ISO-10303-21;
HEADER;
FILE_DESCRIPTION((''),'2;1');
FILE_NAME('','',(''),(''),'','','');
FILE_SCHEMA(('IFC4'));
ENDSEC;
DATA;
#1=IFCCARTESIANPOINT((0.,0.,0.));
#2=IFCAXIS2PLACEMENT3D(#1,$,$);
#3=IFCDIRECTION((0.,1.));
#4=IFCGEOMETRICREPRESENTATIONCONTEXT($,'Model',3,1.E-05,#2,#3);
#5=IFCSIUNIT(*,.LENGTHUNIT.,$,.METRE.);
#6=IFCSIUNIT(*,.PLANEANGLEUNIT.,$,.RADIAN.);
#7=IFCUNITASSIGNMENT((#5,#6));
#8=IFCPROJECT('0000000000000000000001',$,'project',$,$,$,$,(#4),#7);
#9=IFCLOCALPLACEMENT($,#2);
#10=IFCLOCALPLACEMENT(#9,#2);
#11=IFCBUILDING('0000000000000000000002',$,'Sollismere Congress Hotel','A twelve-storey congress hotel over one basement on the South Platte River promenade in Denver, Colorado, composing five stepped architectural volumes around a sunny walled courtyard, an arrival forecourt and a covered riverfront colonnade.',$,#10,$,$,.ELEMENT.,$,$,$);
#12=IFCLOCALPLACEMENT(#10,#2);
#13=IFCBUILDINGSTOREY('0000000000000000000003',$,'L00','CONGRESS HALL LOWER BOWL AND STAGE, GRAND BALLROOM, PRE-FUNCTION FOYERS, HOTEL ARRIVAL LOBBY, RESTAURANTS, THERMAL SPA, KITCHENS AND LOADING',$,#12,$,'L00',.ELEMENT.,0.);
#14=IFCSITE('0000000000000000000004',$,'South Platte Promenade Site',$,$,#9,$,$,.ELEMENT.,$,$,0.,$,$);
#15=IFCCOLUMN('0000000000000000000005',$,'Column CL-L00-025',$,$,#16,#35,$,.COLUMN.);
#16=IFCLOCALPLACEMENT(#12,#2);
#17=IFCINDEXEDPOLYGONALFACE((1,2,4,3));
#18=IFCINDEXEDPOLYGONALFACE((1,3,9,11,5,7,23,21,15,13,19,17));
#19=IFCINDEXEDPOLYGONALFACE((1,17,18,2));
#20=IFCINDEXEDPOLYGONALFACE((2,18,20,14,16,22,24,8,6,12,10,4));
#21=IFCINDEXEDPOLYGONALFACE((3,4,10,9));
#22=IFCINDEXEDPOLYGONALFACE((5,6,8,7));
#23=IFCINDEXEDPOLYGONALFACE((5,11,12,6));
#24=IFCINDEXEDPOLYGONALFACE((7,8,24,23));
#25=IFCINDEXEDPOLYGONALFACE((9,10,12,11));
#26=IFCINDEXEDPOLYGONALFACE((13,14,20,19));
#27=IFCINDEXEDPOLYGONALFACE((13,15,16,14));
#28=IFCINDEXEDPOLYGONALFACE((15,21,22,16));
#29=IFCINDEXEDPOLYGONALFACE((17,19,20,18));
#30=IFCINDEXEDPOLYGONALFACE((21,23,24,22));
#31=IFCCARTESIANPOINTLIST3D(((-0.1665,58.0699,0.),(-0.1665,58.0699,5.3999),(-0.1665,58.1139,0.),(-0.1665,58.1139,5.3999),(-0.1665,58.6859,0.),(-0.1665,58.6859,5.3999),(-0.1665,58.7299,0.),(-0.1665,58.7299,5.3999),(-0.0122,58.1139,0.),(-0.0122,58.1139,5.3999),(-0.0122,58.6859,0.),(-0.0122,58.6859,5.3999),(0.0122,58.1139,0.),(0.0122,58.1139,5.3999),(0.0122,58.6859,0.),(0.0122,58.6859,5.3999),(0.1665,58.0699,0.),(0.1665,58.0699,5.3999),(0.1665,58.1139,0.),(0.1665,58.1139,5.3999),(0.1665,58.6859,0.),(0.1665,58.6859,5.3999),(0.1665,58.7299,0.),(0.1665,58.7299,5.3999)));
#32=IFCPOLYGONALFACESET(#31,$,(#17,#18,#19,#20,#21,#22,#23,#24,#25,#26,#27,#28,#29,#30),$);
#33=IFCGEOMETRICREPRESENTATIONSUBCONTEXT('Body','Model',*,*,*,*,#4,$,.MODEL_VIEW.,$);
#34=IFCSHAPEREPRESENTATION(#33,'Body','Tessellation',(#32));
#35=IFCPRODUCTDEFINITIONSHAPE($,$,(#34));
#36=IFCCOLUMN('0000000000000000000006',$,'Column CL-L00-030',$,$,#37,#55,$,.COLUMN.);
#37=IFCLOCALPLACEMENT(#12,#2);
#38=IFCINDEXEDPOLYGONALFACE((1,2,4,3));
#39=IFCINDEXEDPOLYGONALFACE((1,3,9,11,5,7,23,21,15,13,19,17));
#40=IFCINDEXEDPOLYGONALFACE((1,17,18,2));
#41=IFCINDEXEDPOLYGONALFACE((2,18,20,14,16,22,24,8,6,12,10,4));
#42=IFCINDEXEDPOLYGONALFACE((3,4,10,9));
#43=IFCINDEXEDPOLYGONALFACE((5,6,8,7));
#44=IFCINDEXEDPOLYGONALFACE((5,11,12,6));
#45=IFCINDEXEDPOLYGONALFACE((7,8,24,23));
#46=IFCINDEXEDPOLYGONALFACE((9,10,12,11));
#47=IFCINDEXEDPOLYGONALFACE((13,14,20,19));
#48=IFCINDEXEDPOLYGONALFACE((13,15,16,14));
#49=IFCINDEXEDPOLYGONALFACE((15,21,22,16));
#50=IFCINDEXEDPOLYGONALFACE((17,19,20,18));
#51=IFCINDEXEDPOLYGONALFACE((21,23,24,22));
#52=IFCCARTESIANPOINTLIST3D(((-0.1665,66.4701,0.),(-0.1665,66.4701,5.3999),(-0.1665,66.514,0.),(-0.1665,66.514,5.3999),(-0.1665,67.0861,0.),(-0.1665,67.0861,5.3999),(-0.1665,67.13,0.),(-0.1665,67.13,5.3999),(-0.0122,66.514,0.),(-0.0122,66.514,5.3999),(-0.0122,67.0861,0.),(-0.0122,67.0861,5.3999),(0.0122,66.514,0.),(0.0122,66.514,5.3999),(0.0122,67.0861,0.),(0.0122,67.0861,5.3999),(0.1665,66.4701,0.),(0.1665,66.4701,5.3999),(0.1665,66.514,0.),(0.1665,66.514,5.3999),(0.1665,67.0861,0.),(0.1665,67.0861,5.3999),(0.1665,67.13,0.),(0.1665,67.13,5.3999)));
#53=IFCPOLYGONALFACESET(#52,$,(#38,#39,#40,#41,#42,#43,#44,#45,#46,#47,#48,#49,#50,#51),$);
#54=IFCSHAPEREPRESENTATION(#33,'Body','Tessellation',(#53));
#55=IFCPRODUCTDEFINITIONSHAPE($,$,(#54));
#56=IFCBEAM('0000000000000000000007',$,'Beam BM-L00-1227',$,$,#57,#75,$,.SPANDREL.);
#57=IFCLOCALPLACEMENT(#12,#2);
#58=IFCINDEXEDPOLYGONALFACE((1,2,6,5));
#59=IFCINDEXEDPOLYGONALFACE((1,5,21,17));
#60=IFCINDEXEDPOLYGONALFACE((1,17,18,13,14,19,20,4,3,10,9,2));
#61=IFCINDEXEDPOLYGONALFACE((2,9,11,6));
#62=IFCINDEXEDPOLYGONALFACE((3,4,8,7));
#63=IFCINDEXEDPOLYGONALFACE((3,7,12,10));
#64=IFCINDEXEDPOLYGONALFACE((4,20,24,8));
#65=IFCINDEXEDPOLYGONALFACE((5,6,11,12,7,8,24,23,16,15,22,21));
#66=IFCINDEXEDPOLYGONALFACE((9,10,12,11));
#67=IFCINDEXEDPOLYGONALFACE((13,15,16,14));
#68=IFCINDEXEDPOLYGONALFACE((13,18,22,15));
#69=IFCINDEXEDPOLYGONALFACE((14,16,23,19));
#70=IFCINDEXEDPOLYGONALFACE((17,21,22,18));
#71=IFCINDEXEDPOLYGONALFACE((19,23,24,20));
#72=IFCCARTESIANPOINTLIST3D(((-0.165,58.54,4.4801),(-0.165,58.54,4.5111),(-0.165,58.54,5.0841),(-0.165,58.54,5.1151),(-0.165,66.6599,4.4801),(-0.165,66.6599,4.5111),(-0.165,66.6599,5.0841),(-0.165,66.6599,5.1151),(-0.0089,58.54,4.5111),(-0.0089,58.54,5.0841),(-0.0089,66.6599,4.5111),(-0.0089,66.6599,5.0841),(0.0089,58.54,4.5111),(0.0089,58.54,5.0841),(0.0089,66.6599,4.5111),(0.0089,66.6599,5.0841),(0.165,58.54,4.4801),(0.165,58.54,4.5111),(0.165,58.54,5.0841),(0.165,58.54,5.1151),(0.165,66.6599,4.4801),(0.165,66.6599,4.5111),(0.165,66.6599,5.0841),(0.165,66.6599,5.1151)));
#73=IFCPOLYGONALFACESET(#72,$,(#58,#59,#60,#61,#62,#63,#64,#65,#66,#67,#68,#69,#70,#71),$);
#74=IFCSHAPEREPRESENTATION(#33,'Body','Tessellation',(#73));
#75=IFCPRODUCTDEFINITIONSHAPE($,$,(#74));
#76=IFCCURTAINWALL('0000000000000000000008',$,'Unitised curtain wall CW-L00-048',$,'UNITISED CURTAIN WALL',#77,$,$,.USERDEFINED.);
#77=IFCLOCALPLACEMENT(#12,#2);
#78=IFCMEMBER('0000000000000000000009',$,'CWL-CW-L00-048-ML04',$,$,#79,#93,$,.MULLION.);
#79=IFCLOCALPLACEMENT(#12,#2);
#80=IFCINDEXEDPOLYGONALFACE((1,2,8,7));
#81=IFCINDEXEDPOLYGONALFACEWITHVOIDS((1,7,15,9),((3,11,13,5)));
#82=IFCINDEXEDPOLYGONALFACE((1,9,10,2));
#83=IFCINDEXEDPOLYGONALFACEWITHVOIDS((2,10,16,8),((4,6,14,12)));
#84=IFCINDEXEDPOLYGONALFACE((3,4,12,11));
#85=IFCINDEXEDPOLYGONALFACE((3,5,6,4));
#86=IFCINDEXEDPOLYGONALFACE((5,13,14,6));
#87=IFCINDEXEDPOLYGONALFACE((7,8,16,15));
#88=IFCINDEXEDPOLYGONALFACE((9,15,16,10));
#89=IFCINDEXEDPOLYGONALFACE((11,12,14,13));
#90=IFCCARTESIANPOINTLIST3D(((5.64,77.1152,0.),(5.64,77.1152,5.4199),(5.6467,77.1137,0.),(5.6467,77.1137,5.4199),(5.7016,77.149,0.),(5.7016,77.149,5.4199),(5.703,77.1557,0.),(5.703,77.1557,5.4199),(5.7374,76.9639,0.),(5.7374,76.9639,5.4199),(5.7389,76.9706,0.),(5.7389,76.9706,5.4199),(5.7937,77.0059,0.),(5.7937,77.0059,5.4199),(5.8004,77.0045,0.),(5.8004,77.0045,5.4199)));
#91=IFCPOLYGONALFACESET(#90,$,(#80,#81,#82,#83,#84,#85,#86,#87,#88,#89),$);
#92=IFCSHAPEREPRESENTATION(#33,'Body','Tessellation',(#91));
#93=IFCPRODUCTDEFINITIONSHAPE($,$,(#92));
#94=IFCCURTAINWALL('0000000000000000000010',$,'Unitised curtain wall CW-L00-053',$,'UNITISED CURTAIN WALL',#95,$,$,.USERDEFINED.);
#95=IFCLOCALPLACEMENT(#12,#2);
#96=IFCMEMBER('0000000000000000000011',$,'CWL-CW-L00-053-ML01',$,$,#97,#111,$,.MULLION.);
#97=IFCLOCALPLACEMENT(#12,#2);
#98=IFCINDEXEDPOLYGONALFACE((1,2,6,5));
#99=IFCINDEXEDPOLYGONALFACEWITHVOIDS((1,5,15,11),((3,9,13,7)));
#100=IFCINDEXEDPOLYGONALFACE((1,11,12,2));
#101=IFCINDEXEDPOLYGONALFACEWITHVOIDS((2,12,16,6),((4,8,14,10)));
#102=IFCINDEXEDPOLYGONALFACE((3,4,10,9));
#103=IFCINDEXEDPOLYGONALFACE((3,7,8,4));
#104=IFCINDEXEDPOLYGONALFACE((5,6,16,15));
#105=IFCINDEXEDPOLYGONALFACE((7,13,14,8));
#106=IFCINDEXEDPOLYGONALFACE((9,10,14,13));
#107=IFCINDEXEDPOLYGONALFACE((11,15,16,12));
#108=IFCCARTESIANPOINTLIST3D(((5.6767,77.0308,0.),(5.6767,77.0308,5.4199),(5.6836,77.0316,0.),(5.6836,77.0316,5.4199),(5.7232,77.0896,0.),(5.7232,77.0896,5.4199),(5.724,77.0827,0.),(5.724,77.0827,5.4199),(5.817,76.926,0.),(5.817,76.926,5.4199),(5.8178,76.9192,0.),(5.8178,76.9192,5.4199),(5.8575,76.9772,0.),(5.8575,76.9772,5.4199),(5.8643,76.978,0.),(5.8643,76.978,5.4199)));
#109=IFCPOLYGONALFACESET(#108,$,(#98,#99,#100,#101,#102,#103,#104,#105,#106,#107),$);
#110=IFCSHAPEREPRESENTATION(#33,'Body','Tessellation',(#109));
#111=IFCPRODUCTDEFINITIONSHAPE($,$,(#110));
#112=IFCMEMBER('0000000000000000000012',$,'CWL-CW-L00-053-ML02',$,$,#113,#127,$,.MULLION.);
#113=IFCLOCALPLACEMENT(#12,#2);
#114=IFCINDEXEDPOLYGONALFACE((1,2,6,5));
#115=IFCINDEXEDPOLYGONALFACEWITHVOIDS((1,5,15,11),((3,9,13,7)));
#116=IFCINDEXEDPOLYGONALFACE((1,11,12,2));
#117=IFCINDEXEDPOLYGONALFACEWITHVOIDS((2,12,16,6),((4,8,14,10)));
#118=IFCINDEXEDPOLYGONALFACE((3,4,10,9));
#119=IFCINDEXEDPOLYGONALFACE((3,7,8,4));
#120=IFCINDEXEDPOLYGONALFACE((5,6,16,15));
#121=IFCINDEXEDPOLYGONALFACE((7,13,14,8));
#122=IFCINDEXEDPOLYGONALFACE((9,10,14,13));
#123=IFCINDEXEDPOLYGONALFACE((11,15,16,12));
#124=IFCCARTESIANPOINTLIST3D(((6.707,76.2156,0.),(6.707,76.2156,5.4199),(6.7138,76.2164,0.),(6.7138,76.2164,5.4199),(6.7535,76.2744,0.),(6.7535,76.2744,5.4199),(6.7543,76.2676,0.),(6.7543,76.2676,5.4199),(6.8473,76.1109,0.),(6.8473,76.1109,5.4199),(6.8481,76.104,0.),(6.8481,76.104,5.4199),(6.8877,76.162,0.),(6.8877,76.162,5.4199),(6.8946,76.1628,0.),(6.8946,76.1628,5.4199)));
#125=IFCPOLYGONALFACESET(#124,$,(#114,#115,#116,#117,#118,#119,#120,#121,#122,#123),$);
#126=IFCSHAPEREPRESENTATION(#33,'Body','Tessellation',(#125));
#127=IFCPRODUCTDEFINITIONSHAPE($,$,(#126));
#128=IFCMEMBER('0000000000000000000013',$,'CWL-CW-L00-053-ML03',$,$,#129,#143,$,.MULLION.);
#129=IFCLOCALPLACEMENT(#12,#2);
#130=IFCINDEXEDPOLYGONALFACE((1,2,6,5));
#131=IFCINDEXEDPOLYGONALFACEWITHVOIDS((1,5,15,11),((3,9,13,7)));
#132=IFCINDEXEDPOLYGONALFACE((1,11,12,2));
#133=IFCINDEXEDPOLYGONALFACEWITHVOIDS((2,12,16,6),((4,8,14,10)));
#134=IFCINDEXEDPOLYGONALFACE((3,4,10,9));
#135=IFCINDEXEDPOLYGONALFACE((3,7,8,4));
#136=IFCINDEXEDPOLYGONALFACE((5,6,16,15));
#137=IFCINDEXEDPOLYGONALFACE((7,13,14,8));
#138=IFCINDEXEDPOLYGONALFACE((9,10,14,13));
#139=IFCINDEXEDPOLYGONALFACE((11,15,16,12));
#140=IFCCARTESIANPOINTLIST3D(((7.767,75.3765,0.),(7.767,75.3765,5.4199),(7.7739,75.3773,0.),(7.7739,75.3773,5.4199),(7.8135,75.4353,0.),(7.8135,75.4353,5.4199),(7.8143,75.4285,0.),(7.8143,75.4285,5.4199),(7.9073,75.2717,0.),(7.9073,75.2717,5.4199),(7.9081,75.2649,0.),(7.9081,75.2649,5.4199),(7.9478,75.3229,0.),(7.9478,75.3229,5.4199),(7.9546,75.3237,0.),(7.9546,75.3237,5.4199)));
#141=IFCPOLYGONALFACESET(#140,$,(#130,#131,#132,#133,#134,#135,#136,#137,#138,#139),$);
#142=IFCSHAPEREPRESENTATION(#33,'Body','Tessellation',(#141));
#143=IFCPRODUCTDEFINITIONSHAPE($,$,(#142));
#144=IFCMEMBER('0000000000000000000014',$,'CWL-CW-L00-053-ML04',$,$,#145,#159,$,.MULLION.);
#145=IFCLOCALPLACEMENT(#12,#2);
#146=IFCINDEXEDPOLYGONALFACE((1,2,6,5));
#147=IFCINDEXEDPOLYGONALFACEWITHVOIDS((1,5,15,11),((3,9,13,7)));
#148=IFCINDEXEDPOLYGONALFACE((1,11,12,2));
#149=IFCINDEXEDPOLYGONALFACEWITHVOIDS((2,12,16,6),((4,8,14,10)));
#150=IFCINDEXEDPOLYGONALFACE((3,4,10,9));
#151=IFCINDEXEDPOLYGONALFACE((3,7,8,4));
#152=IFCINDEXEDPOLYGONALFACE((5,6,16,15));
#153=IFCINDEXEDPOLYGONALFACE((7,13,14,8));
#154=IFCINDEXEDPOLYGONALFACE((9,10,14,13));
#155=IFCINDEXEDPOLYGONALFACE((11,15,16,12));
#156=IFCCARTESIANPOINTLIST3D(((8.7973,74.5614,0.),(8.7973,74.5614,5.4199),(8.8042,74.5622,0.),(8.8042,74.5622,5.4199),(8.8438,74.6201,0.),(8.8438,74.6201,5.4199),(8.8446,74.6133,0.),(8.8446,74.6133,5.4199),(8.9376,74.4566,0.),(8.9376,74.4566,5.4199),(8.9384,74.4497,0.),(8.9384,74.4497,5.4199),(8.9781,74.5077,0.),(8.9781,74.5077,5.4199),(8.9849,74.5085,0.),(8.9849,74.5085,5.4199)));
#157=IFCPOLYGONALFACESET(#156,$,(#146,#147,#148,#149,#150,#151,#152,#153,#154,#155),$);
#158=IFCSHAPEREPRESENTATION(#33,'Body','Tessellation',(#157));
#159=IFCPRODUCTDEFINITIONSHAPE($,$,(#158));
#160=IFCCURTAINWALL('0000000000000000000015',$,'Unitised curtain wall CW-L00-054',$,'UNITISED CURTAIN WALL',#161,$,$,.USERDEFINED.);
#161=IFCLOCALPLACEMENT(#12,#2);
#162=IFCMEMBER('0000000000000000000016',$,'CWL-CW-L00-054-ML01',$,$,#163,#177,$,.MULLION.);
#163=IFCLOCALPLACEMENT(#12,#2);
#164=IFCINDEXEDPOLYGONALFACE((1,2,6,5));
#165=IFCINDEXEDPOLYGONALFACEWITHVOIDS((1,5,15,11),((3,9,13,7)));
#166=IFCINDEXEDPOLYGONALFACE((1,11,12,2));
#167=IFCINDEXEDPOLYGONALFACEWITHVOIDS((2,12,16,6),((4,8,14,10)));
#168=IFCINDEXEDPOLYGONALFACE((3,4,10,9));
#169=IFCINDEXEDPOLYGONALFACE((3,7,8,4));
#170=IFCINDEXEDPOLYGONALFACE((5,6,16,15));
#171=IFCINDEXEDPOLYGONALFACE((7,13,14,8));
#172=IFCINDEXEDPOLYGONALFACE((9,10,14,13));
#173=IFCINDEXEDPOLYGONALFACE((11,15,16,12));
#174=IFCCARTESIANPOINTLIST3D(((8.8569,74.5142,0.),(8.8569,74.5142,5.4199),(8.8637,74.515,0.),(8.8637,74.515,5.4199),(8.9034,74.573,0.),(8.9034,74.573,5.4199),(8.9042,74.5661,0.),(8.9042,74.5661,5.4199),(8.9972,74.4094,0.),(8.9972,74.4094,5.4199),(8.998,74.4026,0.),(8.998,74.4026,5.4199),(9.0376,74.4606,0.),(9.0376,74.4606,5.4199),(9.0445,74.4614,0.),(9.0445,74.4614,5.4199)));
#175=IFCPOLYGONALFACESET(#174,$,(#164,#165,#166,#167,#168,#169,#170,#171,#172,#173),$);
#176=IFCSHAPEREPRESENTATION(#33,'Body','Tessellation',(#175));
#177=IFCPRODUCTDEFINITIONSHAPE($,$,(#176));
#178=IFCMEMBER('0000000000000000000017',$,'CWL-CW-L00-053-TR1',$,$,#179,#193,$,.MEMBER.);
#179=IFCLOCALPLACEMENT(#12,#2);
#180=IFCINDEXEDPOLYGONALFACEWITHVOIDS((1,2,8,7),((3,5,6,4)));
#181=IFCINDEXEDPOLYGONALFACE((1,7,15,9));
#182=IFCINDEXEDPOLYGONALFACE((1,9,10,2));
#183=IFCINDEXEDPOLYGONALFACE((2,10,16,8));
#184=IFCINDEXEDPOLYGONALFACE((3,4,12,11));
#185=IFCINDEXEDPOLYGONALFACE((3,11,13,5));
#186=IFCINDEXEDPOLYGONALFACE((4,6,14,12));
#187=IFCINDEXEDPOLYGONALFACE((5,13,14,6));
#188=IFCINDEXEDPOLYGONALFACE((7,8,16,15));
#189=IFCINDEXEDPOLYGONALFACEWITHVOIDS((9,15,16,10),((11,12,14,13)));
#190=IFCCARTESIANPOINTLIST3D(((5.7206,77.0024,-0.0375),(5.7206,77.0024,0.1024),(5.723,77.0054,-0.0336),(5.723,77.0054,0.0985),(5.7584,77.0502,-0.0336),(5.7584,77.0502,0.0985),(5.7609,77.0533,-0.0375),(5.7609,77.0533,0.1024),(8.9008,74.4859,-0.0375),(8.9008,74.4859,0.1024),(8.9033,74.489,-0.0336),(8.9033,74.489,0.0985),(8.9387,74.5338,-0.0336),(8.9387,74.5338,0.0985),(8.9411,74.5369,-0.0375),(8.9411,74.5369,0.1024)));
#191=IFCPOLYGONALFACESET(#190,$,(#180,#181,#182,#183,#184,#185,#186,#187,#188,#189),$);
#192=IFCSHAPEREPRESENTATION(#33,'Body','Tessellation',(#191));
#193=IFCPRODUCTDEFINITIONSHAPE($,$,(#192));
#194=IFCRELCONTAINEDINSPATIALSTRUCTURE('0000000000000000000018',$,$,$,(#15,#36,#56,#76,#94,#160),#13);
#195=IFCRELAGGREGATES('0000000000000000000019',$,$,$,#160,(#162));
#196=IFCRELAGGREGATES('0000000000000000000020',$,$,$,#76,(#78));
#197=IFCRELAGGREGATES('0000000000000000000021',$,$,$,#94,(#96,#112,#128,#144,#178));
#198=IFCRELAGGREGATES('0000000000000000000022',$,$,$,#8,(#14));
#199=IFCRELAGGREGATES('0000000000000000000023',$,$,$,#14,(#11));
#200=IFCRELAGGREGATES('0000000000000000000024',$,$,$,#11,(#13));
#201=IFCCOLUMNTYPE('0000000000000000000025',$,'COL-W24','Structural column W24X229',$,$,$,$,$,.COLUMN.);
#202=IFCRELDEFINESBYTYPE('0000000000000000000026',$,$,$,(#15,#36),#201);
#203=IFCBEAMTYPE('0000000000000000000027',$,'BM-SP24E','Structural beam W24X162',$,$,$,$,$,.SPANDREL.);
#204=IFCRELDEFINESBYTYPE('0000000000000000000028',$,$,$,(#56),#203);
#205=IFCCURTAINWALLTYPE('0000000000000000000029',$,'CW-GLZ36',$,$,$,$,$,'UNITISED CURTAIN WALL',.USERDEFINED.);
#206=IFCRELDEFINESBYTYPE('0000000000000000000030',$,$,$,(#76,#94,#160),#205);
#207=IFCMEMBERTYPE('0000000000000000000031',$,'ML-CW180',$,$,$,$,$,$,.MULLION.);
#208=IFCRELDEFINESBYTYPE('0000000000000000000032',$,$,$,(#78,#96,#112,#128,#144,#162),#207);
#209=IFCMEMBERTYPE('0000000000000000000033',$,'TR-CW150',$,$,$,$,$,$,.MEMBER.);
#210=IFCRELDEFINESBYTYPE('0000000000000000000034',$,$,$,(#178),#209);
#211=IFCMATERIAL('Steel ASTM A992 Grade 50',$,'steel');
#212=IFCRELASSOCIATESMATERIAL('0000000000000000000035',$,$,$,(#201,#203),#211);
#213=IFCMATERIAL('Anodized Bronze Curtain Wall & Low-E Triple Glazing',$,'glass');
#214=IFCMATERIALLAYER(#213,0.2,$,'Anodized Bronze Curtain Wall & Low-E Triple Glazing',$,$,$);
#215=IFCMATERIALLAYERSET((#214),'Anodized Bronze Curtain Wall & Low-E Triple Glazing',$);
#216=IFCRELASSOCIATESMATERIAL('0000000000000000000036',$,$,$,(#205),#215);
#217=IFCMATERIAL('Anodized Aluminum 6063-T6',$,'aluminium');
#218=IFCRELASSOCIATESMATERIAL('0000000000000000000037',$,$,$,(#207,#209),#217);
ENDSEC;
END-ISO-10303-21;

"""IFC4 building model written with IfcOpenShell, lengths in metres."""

from ifc_helpers import new_model, si_unit, direction, frame, origin, origin_2d, place, context, subcontext, project, spatial, hollow_rectangle, i_section, extrude, material, layer, layer_set, material_profile, profile_set, type_object, element, aggregate, save


model = new_model("IFC4")

# Units and contexts
model_context = context("Model", 3, precision=1e-05, world=origin(), true_north=direction((0.0, 1.0)))
body_context = subcontext(model_context, "Body", "Model", "MODEL_VIEW")
ifc_project = project(units=[si_unit("LENGTHUNIT", "METRE"), si_unit("PLANEANGLEUNIT", "RADIAN")], contexts=[model_context])

# Site, building, storey
site_placement = place(None, origin())
site = spatial("IfcSite", under=ifc_project, at=site_placement, Name="South Platte Promenade Site", CompositionType="ELEMENT", RefElevation=0.0)
building_placement = place(site_placement, origin())
building = spatial("IfcBuilding", under=site, at=building_placement, Name="Sollismere Congress Hotel", Description="A twelve-storey congress hotel over one basement on the South Platte River promenade in Denver, Colorado, composing five stepped architectural volumes around a sunny walled courtyard, an arrival forecourt and a covered riverfront colonnade.", CompositionType="ELEMENT")
storey_placement = place(building_placement, origin())
storey = spatial("IfcBuildingStorey", under=building, at=storey_placement, Name="L00", Description="CONGRESS HALL LOWER BOWL AND STAGE, GRAND BALLROOM, PRE-FUNCTION FOYERS, HOTEL ARRIVAL LOBBY, RESTAURANTS, THERMAL SPA, KITCHENS AND LOADING", LongName="L00", CompositionType="ELEMENT", Elevation=0.0)

# Columns
ifc_material_1 = material(Name="Steel ASTM A992 Grade 50", Category="steel")
ifc_material_profile_1 = material_profile(ifc_material_1, i_section(OverallWidth=0.333, OverallDepth=0.6599, WebThickness=0.0244, FlangeThickness=0.0439, at=origin_2d()), Name="W24X229")
ifc_profile_set_1 = profile_set([ifc_material_profile_1], Name="Steel ASTM A992 Grade 50")
column_type = type_object("IfcColumnType", Name="COL-W24", Description="Structural column W24X229", PredefinedType="COLUMN", material=ifc_profile_set_1)
for number, where, z_axis, x_axis, name in (
    (1, (0.0, 58.3999, 0.0), (0.0, 0.0, 1.0), (1.0, 0.0, 0.0), "Column CL-L00-025"),
    (2, (0.0, 66.8, 0.0), (0.0, 0.0, 1.0), (1.0, 0.0, 0.0), "Column CL-L00-030"),
):
    element("IfcColumn", number, at=place(storey_placement, frame(where, z_axis=z_axis, x_axis=x_axis)), inside=storey, type_object=column_type, Name=name, PredefinedType="COLUMN", context=body_context, shape_type="SweptSolid", body=[
        extrude(i_section(OverallWidth=0.333, OverallDepth=0.6599, WebThickness=0.0244, FlangeThickness=0.0439, at=origin_2d()), origin(), (0.0, 0.0, 1.0), 5.3999),
    ])

# Beam
ifc_material_profile_2 = material_profile(ifc_material_1, i_section(OverallWidth=0.3301, OverallDepth=0.635, WebThickness=0.0178, FlangeThickness=0.031, at=origin_2d()), Name="W24X162")
ifc_profile_set_2 = profile_set([ifc_material_profile_2], Name="Steel ASTM A992 Grade 50")
beam_type = type_object("IfcBeamType", Name="BM-SP24E", Description="Structural beam W24X162", PredefinedType="SPANDREL", material=ifc_profile_set_2)
beam_placement = place(storey_placement, frame((0.0, 58.54, 4.7976), z_axis=(0.0, 1.0, 0.0), x_axis=(-1.0, 0.0, 0.0)))
element("IfcBeam", 3, at=beam_placement, inside=storey, type_object=beam_type, Name="Beam BM-L00-1227", PredefinedType="SPANDREL", context=body_context, shape_type="SweptSolid", body=[
    extrude(i_section(OverallWidth=0.3301, OverallDepth=0.635, WebThickness=0.0178, FlangeThickness=0.031, at=origin_2d()), origin(), (0.0, 0.0, 1.0), 8.1199),
])

# Curtain wall, member
ifc_material_2 = material(Name="Anodized Bronze Curtain Wall & Low-E Triple Glazing", Category="glass")
ifc_layer_1 = layer(ifc_material_2, 0.2, Name="Anodized Bronze Curtain Wall & Low-E Triple Glazing")
ifc_layer_set_1 = layer_set([ifc_layer_1], Name="Anodized Bronze Curtain Wall & Low-E Triple Glazing")
curtain_wall_type = type_object("IfcCurtainWallType", Name="CW-GLZ36", ElementType="UNITISED CURTAIN WALL", PredefinedType="USERDEFINED", material=ifc_layer_set_1)
curtain_wall_1_placement = place(storey_placement, origin())
curtain_wall_1 = element("IfcCurtainWall", 4, at=curtain_wall_1_placement, inside=storey, type_object=curtain_wall_type, Name="Unitised curtain wall CW-L00-048", ObjectType="UNITISED CURTAIN WALL", PredefinedType="USERDEFINED")
ifc_material_3 = material(Name="Anodized Aluminum 6063-T6", Category="aluminium")
ifc_material_profile_3 = material_profile(ifc_material_3, hollow_rectangle(XDim=0.075, YDim=0.1799, WallThickness=0.0049, at=origin_2d()), Name="ALU180X75X5")
ifc_profile_set_3 = profile_set([ifc_material_profile_3], Name="Anodized Aluminum 6063-T6")
member_type_1 = type_object("IfcMemberType", Name="ML-CW180", PredefinedType="MULLION", material=ifc_profile_set_3)
member_1_placement = place(storey_placement, frame((5.7202, 77.0598, 0.0), z_axis=(0.0, 0.0, 1.0), x_axis=(0.840775, 0.541385, 0.0)))
member_1 = element("IfcMember", 5, at=member_1_placement, type_object=member_type_1, Name="CWL-CW-L00-048-ML04", PredefinedType="MULLION", context=body_context, shape_type="SweptSolid", body=[
    extrude(hollow_rectangle(XDim=0.075, YDim=0.1799, WallThickness=0.0049, at=origin_2d()), origin(), (0.0, 0.0, 1.0), 5.4199),
])

# Curtain wall, members
curtain_wall_2_placement = place(storey_placement, origin())
curtain_wall_2 = element("IfcCurtainWall", 6, at=curtain_wall_2_placement, inside=storey, type_object=curtain_wall_type, Name="Unitised curtain wall CW-L00-053", ObjectType="UNITISED CURTAIN WALL", PredefinedType="USERDEFINED")
member_2_placement = place(storey_placement, frame((5.7705, 77.0044, 0.0), z_axis=(0.0, 0.0, 1.0), x_axis=(0.620532, 0.784181, 0.0)))
member_2 = element("IfcMember", 7, at=member_2_placement, type_object=member_type_1, Name="CWL-CW-L00-053-ML01", PredefinedType="MULLION", context=body_context, shape_type="SweptSolid", body=[
    extrude(hollow_rectangle(XDim=0.075, YDim=0.1799, WallThickness=0.0049, at=origin_2d()), origin(), (0.0, 0.0, 1.0), 5.4199),
])
member_3_placement = place(storey_placement, frame((6.8008, 76.1892, 0.0), z_axis=(0.0, 0.0, 1.0), x_axis=(0.620532, 0.784181, 0.0)))
member_3 = element("IfcMember", 8, at=member_3_placement, type_object=member_type_1, Name="CWL-CW-L00-053-ML02", PredefinedType="MULLION", context=body_context, shape_type="SweptSolid", body=[
    extrude(hollow_rectangle(XDim=0.075, YDim=0.1799, WallThickness=0.0049, at=origin_2d()), origin(), (0.0, 0.0, 1.0), 5.4199),
])
member_4_placement = place(storey_placement, frame((7.8608, 75.3501, 0.0), z_axis=(0.0, 0.0, 1.0), x_axis=(0.620532, 0.784181, 0.0)))
member_4 = element("IfcMember", 9, at=member_4_placement, type_object=member_type_1, Name="CWL-CW-L00-053-ML03", PredefinedType="MULLION", context=body_context, shape_type="SweptSolid", body=[
    extrude(hollow_rectangle(XDim=0.075, YDim=0.1799, WallThickness=0.0049, at=origin_2d()), origin(), (0.0, 0.0, 1.0), 5.4199),
])
member_5_placement = place(storey_placement, frame((8.8911, 74.5349, 0.0), z_axis=(0.0, 0.0, 1.0), x_axis=(0.620532, 0.784181, 0.0)))
member_5 = element("IfcMember", 10, at=member_5_placement, type_object=member_type_1, Name="CWL-CW-L00-053-ML04", PredefinedType="MULLION", context=body_context, shape_type="SweptSolid", body=[
    extrude(hollow_rectangle(XDim=0.075, YDim=0.1799, WallThickness=0.0049, at=origin_2d()), origin(), (0.0, 0.0, 1.0), 5.4199),
])

# Curtain wall, member
curtain_wall_3_placement = place(storey_placement, origin())
curtain_wall_3 = element("IfcCurtainWall", 11, at=curtain_wall_3_placement, inside=storey, type_object=curtain_wall_type, Name="Unitised curtain wall CW-L00-054", ObjectType="UNITISED CURTAIN WALL", PredefinedType="USERDEFINED")
member_6_placement = place(storey_placement, frame((8.9507, 74.4878, 0.0), z_axis=(0.0, 0.0, 1.0), x_axis=(0.620532, 0.784181, 0.0)))
member_6 = element("IfcMember", 12, at=member_6_placement, type_object=member_type_1, Name="CWL-CW-L00-054-ML01", PredefinedType="MULLION", context=body_context, shape_type="SweptSolid", body=[
    extrude(hollow_rectangle(XDim=0.075, YDim=0.1799, WallThickness=0.0049, at=origin_2d()), origin(), (0.0, 0.0, 1.0), 5.4199),
])

# Member
ifc_material_profile_4 = material_profile(ifc_material_3, hollow_rectangle(XDim=0.0649, YDim=0.1399, WallThickness=0.0039, at=origin_2d()), Name="ALU140X65X4")
ifc_profile_set_4 = profile_set([ifc_material_profile_4], Name="Anodized Aluminum 6063-T6")
member_type_2 = type_object("IfcMemberType", Name="TR-CW150", PredefinedType="MEMBER", material=ifc_profile_set_4)
member_7_placement = place(storey_placement, frame((5.7407, 77.0278, 0.0325), z_axis=(0.7842, -0.620509, 0.0), x_axis=(0.620509, 0.7842, 0.0)))
member_7 = element("IfcMember", 13, at=member_7_placement, type_object=member_type_2, Name="CWL-CW-L00-053-TR1", PredefinedType="MEMBER", context=body_context, shape_type="SweptSolid", body=[
    extrude(hollow_rectangle(XDim=0.0649, YDim=0.1399, WallThickness=0.0039, at=origin_2d()), origin(), (0.0, 0.0, 1.0), 4.0554),
])
aggregate(curtain_wall_3, [member_6])

aggregate(curtain_wall_1, [member_1])
aggregate(curtain_wall_2, [member_2, member_3, member_4, member_5, member_7])

save(model, "model.ifc")
